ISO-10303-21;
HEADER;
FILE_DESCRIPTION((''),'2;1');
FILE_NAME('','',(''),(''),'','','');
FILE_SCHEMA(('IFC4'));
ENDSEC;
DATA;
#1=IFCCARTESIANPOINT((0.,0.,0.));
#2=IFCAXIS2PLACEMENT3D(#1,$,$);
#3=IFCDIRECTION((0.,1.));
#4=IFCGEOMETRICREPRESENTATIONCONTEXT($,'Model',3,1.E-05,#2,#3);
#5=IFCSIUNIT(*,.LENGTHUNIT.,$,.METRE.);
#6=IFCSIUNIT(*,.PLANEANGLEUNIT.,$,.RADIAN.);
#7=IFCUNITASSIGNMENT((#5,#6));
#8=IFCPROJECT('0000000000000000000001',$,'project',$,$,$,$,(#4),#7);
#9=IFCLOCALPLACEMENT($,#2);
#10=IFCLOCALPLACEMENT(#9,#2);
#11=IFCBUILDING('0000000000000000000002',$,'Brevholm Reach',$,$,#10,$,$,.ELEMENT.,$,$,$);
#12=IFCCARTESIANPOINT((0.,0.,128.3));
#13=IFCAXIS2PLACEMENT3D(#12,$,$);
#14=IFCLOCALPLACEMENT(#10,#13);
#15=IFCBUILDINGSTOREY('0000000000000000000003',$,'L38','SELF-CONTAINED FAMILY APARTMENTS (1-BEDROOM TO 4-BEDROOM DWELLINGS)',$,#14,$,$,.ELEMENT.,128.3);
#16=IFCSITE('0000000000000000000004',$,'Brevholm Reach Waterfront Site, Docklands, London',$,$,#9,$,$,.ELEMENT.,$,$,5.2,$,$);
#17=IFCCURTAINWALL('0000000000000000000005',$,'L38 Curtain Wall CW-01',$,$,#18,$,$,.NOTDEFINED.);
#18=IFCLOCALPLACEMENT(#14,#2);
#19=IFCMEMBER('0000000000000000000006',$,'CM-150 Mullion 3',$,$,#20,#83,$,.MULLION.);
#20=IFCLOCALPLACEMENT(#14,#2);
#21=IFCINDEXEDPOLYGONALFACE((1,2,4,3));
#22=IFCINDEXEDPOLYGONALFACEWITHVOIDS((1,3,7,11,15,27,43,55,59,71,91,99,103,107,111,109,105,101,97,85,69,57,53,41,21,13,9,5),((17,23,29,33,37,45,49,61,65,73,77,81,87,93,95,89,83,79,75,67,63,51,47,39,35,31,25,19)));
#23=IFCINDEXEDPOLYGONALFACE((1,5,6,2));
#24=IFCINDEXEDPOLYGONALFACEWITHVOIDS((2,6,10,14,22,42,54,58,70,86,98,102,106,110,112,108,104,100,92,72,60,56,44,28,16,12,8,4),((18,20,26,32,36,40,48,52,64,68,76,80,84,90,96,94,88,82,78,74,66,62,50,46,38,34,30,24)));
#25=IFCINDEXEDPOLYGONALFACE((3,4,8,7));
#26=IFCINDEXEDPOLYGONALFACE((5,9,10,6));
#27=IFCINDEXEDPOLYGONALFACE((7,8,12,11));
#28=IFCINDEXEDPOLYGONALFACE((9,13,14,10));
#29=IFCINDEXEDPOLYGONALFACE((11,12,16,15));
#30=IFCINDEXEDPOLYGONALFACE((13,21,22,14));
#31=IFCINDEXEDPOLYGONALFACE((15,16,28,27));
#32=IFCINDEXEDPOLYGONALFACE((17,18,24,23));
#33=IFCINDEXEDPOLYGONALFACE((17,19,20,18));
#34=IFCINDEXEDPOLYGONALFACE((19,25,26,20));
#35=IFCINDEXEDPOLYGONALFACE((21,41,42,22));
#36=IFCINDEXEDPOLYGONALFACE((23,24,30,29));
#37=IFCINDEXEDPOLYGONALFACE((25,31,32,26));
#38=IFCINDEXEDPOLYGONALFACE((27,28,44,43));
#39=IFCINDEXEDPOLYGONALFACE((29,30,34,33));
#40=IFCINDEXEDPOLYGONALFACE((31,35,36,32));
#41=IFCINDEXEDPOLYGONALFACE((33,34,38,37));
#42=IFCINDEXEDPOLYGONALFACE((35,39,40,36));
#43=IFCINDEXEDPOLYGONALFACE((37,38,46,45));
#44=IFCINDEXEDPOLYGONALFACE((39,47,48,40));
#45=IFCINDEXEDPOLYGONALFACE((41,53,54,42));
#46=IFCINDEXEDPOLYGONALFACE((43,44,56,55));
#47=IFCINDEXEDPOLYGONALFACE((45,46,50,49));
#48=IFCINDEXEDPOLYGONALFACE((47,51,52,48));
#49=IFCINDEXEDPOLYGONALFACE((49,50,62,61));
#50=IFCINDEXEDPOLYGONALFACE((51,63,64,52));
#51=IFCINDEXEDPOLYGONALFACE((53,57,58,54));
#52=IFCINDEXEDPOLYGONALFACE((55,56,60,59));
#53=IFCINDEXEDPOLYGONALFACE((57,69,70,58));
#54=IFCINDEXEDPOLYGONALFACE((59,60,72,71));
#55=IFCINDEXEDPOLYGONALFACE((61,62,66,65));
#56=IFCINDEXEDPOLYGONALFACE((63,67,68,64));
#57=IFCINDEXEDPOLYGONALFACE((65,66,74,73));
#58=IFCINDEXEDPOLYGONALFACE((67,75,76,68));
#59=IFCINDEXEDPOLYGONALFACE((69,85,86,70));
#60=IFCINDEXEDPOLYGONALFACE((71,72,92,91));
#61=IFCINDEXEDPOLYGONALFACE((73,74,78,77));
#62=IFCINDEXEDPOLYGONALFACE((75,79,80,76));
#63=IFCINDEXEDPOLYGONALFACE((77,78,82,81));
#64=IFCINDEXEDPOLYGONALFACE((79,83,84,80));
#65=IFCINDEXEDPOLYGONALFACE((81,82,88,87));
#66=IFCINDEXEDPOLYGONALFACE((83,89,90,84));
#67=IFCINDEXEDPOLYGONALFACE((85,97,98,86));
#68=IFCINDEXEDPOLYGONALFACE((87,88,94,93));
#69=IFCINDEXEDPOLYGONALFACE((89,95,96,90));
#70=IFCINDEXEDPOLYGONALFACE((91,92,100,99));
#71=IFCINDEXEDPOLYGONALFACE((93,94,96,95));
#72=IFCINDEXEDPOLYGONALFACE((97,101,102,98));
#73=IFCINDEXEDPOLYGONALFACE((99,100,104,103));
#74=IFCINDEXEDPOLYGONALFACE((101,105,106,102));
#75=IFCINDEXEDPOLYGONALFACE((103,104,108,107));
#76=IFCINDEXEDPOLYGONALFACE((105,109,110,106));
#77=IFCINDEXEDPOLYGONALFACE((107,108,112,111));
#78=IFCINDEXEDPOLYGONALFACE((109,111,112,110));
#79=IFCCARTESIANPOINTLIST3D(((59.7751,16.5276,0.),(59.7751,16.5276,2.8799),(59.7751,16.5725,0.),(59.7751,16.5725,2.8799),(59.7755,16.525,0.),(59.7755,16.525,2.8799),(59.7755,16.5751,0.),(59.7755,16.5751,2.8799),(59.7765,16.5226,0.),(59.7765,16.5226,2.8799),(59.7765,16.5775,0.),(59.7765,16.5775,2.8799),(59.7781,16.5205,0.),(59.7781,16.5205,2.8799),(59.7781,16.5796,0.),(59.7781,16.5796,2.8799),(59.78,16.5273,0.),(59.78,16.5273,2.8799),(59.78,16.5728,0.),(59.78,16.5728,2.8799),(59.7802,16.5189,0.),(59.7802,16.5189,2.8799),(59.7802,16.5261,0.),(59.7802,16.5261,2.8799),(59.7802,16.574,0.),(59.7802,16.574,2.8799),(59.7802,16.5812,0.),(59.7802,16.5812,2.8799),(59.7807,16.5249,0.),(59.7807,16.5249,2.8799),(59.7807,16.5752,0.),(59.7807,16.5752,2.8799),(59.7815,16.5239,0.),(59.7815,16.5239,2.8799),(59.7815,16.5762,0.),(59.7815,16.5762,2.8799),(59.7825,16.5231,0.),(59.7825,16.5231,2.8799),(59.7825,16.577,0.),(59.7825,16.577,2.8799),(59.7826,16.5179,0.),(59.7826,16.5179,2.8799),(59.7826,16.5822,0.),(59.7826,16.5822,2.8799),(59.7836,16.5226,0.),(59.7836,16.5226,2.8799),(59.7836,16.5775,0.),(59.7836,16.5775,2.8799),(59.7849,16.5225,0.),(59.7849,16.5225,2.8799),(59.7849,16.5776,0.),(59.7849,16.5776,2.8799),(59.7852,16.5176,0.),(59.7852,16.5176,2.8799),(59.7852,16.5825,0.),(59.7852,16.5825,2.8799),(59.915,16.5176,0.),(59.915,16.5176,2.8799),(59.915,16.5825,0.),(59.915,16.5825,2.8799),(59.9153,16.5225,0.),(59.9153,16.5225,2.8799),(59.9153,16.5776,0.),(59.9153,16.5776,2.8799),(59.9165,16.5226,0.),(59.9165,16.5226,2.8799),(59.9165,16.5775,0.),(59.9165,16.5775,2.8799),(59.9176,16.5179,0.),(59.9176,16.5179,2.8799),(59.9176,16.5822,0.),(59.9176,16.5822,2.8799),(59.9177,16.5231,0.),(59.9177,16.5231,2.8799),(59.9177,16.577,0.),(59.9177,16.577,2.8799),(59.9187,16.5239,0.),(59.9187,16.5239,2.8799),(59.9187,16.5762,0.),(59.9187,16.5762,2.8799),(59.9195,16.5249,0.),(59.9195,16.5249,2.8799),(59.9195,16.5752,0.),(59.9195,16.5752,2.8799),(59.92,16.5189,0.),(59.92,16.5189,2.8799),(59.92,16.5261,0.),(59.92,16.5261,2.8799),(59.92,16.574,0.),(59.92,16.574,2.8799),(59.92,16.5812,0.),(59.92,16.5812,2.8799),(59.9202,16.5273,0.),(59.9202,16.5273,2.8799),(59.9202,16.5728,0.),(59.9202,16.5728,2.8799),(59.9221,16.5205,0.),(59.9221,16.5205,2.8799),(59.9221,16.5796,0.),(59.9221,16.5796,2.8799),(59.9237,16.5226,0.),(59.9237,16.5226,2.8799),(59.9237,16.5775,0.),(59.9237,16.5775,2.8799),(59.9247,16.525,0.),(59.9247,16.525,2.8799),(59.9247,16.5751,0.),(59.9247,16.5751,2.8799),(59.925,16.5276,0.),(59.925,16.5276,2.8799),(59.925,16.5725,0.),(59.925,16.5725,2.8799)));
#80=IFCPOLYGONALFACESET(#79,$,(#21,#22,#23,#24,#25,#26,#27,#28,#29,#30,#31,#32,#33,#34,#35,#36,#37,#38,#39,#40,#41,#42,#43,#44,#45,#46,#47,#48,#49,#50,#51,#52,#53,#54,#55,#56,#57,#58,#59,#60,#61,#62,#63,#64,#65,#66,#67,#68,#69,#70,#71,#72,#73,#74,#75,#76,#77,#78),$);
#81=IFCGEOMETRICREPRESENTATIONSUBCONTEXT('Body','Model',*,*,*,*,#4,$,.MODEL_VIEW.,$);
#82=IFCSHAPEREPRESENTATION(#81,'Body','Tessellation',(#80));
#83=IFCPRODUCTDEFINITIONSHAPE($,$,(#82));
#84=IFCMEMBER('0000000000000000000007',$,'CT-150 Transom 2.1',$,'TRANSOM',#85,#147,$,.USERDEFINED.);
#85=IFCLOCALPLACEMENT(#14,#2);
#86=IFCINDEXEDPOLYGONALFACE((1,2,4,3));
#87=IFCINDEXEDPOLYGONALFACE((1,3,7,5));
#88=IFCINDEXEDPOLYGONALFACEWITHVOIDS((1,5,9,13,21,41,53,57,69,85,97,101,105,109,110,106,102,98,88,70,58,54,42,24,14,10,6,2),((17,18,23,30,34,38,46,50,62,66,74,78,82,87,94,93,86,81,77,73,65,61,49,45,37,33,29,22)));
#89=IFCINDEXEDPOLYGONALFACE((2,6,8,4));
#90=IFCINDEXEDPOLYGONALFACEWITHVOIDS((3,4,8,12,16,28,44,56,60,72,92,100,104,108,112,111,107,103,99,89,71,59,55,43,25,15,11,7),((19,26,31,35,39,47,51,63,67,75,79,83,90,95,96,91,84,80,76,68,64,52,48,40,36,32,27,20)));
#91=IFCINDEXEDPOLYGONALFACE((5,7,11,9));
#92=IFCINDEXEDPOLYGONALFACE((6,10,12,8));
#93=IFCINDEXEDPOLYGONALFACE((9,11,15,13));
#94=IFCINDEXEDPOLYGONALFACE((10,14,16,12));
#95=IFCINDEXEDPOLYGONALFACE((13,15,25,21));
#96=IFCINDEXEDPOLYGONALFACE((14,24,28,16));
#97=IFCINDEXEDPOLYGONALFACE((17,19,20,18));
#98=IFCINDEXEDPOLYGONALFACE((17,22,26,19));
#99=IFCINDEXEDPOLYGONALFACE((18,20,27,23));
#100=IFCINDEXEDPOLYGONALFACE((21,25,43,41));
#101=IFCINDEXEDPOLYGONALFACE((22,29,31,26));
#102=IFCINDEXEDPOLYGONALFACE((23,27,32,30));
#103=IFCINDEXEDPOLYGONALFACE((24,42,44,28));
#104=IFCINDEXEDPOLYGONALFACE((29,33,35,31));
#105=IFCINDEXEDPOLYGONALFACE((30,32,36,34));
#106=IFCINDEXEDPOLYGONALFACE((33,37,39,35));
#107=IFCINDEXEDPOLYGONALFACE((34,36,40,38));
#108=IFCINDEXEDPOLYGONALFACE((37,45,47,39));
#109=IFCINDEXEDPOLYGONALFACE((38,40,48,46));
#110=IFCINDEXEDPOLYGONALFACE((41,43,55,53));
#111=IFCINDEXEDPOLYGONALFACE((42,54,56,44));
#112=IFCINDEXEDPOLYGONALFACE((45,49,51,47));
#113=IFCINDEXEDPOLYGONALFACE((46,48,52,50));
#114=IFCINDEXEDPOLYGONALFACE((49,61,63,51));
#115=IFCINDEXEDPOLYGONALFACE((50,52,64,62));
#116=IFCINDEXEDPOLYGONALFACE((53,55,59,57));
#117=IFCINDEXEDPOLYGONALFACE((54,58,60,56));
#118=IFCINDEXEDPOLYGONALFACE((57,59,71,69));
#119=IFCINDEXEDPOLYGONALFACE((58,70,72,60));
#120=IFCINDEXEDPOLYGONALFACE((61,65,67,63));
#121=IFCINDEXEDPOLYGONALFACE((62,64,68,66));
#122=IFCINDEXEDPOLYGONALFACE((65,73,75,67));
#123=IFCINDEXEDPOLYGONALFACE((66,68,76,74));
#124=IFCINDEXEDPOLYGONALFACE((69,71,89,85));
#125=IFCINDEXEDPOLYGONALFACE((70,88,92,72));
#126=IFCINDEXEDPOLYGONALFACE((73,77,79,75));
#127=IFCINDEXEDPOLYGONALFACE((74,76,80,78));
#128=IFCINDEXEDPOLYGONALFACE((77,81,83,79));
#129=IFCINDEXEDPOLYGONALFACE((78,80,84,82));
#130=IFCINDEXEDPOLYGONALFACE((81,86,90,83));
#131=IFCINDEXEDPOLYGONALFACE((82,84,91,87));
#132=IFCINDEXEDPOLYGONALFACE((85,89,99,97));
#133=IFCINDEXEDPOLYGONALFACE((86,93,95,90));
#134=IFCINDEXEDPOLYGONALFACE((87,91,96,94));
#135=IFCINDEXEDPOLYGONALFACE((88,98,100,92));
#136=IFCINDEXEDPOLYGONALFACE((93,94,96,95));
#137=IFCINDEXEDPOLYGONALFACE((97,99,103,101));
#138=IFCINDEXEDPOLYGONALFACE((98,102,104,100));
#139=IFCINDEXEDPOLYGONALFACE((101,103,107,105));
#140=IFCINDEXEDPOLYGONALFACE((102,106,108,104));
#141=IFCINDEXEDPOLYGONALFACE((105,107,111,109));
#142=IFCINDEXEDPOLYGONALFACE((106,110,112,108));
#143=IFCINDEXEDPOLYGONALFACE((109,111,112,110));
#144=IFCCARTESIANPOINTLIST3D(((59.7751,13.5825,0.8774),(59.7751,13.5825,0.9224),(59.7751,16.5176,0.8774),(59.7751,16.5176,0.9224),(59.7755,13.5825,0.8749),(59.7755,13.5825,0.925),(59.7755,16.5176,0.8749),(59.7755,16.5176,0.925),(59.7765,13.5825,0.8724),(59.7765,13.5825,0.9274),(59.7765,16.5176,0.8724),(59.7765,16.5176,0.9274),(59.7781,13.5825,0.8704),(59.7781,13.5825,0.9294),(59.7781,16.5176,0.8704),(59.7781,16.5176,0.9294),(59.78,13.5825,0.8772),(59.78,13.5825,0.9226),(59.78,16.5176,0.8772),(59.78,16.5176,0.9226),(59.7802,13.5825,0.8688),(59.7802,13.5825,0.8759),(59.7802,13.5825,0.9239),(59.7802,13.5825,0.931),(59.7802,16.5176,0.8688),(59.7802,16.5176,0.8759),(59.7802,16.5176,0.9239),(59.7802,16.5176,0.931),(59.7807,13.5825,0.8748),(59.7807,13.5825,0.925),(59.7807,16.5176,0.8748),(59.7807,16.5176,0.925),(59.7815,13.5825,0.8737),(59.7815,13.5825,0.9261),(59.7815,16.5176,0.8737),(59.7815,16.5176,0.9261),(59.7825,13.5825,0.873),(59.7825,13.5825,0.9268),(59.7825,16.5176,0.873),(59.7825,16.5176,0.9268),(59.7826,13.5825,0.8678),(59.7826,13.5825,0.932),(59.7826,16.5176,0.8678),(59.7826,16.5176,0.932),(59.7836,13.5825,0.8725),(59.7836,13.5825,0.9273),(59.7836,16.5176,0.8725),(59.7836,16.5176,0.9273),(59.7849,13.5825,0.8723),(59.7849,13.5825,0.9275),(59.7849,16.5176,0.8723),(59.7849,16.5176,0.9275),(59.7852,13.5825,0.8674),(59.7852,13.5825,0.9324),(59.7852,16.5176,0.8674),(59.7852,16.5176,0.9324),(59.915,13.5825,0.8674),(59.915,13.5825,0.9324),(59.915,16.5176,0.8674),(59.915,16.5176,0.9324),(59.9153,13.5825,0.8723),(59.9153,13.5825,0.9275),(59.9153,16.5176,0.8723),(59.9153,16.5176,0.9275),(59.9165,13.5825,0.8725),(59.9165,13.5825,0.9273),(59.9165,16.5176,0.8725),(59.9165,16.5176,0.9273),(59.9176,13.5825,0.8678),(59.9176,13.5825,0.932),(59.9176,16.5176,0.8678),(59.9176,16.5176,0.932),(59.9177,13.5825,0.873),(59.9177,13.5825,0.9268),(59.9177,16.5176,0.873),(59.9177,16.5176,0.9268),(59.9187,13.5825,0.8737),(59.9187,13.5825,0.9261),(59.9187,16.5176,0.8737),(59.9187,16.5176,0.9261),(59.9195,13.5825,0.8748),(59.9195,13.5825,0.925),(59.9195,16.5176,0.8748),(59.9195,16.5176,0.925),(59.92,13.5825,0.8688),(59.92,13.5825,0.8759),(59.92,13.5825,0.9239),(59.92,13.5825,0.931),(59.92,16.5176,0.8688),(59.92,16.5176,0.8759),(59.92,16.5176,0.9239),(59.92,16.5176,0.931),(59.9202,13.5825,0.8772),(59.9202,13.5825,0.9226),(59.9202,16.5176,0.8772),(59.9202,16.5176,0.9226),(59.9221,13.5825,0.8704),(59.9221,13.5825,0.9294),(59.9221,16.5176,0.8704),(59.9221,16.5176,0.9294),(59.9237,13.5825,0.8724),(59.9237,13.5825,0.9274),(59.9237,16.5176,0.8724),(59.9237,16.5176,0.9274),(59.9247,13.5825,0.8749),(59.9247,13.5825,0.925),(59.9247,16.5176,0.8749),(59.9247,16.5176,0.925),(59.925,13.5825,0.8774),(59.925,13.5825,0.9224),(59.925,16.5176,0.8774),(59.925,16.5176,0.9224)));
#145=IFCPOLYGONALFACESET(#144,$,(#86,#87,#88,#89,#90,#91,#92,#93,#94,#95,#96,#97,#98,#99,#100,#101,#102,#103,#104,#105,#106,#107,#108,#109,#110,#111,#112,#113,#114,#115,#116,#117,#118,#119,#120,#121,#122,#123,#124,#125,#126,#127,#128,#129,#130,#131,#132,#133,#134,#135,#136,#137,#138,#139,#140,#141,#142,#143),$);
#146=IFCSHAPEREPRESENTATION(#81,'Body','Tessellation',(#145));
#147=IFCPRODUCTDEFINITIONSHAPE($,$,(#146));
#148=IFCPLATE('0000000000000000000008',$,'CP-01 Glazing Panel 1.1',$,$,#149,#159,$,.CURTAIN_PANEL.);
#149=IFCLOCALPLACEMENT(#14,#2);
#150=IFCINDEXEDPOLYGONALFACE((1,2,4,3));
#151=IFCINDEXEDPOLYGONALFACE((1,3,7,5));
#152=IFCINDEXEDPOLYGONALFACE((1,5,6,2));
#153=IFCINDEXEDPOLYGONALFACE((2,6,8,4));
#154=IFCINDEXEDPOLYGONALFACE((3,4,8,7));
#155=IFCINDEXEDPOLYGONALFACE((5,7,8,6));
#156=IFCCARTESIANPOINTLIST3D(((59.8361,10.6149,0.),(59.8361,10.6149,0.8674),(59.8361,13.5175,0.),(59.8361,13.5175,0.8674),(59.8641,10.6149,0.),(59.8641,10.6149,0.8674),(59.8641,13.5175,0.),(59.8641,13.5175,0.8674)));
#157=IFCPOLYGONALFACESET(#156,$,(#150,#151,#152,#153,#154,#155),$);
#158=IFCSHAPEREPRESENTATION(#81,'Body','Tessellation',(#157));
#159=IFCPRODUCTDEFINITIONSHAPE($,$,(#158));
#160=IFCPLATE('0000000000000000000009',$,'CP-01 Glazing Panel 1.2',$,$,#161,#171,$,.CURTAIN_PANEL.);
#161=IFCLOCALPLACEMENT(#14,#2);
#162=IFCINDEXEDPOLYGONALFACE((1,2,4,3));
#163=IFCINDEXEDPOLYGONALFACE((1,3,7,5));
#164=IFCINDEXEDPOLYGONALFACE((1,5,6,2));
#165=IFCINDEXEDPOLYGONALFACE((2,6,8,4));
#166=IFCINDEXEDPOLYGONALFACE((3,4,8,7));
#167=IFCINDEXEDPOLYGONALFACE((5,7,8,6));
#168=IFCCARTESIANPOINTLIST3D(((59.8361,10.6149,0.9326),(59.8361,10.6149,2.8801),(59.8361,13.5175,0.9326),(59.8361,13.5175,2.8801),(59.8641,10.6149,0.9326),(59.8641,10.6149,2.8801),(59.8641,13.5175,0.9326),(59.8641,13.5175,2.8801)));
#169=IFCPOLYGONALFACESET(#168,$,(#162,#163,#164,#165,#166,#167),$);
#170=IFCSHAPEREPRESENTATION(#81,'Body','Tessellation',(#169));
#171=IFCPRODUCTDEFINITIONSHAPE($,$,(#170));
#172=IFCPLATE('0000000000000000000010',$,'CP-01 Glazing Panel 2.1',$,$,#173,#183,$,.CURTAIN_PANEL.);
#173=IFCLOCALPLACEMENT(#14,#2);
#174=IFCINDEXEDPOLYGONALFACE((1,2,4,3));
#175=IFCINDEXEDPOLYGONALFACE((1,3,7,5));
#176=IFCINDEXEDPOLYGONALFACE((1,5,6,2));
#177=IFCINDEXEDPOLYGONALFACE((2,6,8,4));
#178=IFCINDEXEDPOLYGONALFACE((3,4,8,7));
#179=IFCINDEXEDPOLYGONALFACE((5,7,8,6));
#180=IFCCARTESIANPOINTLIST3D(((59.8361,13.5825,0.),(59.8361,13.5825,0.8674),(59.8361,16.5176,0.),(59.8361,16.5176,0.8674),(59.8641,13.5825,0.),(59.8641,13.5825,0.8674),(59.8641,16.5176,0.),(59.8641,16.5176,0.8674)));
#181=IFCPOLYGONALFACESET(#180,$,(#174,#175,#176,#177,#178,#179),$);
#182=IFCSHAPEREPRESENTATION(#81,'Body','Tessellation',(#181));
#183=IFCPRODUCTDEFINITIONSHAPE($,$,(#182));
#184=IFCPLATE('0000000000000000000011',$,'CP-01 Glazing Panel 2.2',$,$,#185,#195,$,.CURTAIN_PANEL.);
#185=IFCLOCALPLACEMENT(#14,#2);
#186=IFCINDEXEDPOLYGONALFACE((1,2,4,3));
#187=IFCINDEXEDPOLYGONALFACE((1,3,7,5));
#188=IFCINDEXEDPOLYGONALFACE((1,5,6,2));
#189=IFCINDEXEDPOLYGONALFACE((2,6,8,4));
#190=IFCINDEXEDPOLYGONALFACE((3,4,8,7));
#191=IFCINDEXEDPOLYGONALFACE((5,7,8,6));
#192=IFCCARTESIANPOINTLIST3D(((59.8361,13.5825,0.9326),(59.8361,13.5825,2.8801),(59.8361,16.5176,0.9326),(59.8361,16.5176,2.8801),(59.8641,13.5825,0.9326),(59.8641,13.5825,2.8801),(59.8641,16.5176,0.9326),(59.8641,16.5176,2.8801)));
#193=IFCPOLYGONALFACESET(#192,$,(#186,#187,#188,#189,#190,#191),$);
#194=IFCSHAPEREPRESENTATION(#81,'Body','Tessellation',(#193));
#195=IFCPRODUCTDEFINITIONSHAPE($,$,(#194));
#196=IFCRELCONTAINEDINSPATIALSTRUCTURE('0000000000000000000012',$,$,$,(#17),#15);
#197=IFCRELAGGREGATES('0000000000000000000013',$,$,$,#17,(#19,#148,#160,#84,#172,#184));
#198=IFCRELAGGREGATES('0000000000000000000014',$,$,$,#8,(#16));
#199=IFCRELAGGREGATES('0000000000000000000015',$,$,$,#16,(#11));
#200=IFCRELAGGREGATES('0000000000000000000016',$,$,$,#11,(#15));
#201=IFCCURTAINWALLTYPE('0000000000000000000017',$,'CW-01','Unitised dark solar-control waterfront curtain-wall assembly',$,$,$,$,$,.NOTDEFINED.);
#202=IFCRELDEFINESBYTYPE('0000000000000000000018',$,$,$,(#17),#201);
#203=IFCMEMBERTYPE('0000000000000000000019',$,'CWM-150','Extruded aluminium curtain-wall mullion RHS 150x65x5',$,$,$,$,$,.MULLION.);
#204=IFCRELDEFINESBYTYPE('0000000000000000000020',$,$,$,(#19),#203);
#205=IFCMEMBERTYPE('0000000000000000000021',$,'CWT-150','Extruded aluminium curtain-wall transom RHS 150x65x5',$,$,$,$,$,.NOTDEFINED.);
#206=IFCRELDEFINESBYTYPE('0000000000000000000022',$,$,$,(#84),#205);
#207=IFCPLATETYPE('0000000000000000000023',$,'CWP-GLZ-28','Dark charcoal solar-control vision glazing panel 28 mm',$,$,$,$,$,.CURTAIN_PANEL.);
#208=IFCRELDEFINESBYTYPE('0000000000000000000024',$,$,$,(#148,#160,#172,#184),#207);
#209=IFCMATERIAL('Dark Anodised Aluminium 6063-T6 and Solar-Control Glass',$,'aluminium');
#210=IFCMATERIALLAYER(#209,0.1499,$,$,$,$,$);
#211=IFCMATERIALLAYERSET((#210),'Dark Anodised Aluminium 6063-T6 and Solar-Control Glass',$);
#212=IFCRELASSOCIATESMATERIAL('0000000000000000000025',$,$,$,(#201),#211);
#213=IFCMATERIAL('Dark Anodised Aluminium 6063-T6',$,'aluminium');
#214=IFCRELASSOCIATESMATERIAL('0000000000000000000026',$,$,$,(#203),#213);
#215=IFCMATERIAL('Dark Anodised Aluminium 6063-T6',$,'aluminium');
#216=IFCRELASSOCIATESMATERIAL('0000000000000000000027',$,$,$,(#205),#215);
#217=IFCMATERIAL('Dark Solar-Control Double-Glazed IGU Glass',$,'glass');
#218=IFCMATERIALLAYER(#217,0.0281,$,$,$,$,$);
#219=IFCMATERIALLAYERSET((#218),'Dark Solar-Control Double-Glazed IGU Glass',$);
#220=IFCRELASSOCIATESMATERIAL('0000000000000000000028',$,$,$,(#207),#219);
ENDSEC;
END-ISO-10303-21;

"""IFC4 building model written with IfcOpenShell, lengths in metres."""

from ifc_helpers import new_model, si_unit, direction, frame, origin, origin_2d, place, context, subcontext, project, spatial, rectangle, hollow_rectangle, extrude, material, layer, layer_set, material_profile, profile_set, type_object, element, aggregate, save


model = new_model("IFC4")

# Units and contexts
model_context = context("Model", 3, precision=1e-05, world=origin(), true_north=direction((0.0, 1.0)))
body_context = subcontext(model_context, "Body", "Model", "MODEL_VIEW")
ifc_project = project(units=[si_unit("LENGTHUNIT", "METRE"), si_unit("PLANEANGLEUNIT", "RADIAN")], contexts=[model_context])

# Site, building, storey
site_placement = place(None, origin())
site = spatial("IfcSite", under=ifc_project, at=site_placement, Name="Brevholm Reach Waterfront Site, Docklands, London", CompositionType="ELEMENT", RefElevation=5.2)
building_placement = place(site_placement, origin())
building = spatial("IfcBuilding", under=site, at=building_placement, Name="Brevholm Reach", CompositionType="ELEMENT")
storey_placement = place(building_placement, frame((0.0, 0.0, 128.3)))
storey = spatial("IfcBuildingStorey", under=building, at=storey_placement, Name="L38", Description="SELF-CONTAINED FAMILY APARTMENTS (1-BEDROOM TO 4-BEDROOM DWELLINGS)", CompositionType="ELEMENT", Elevation=128.3)

# Curtain wall, members, plates
ifc_material_1 = material(Name="Dark Anodised Aluminium 6063-T6 and Solar-Control Glass", Category="aluminium")
ifc_layer_1 = layer(ifc_material_1, 0.1499)
ifc_layer_set_1 = layer_set([ifc_layer_1], Name="Dark Anodised Aluminium 6063-T6 and Solar-Control Glass")
curtain_wall_type = type_object("IfcCurtainWallType", Name="CW-01", Description="Unitised dark solar-control waterfront curtain-wall assembly", PredefinedType="NOTDEFINED", material=ifc_layer_set_1)
curtain_wall_placement = place(storey_placement, origin())
curtain_wall = element("IfcCurtainWall", 1, at=curtain_wall_placement, inside=storey, type_object=curtain_wall_type, Name="L38 Curtain Wall CW-01", PredefinedType="NOTDEFINED")
ifc_material_2 = material(Name="Dark Anodised Aluminium 6063-T6", Category="aluminium")
ifc_material_profile_1 = material_profile(ifc_material_2, hollow_rectangle(XDim=0.0649, YDim=0.1499, WallThickness=0.0049, InnerFilletRadius=0.0049, OuterFilletRadius=0.01, at=origin_2d()), Name="RHS 150x65x5")
ifc_profile_set_1 = profile_set([ifc_material_profile_1], Name="Dark Anodised Aluminium 6063-T6")
member_type_1 = type_object("IfcMemberType", Name="CWM-150", Description="Extruded aluminium curtain-wall mullion RHS 150x65x5", PredefinedType="MULLION", material=ifc_profile_set_1)
member_1_placement = place(storey_placement, frame((59.8501, 16.55, 0.0), z_axis=(0.0, 0.0, 1.0), x_axis=(0.0, 1.0, 0.0)))
member_1 = element("IfcMember", 2, at=member_1_placement, type_object=member_type_1, Name="CM-150 Mullion 3", PredefinedType="MULLION", context=body_context, shape_type="SweptSolid", body=[
    extrude(hollow_rectangle(XDim=0.0649, YDim=0.1499, WallThickness=0.0049, InnerFilletRadius=0.0049, OuterFilletRadius=0.01, at=origin_2d()), origin(), (0.0, 0.0, 1.0), 2.8799),
])
ifc_material_3 = material(Name="Dark Anodised Aluminium 6063-T6", Category="aluminium")
ifc_material_profile_2 = material_profile(ifc_material_3, hollow_rectangle(XDim=0.0649, YDim=0.1499, WallThickness=0.0049, InnerFilletRadius=0.0049, OuterFilletRadius=0.01, at=origin_2d()), Name="RHS 150x65x5")
ifc_profile_set_2 = profile_set([ifc_material_profile_2], Name="Dark Anodised Aluminium 6063-T6")
member_type_2 = type_object("IfcMemberType", Name="CWT-150", Description="Extruded aluminium curtain-wall transom RHS 150x65x5", PredefinedType="NOTDEFINED", material=ifc_profile_set_2)
member_2_placement = place(storey_placement, frame((59.8501, 13.5825, 0.8999), z_axis=(0.0, 1.0, 0.0), x_axis=(0.0, 0.0, 1.0)))
member_2 = element("IfcMember", 3, at=member_2_placement, type_object=member_type_2, Name="CT-150 Transom 2.1", ObjectType="TRANSOM", PredefinedType="USERDEFINED", context=body_context, shape_type="SweptSolid", body=[
    extrude(hollow_rectangle(XDim=0.0649, YDim=0.1499, WallThickness=0.0049, InnerFilletRadius=0.0049, OuterFilletRadius=0.01, at=origin_2d()), origin(), (0.0, 0.0, 1.0), 2.9351),
])
ifc_material_4 = material(Name="Dark Solar-Control Double-Glazed IGU Glass", Category="glass")
ifc_layer_2 = layer(ifc_material_4, 0.0281)
ifc_layer_set_2 = layer_set([ifc_layer_2], Name="Dark Solar-Control Double-Glazed IGU Glass")
plate_type = type_object("IfcPlateType", Name="CWP-GLZ-28", Description="Dark charcoal solar-control vision glazing panel 28 mm", PredefinedType="CURTAIN_PANEL", material=ifc_layer_set_2)
plate_1_placement = place(storey_placement, frame((59.8501, 12.0662, 0.0), z_axis=(0.0, 0.0, 1.0), x_axis=(0.0, 1.0, 0.0)))
plate_1 = element("IfcPlate", 4, at=plate_1_placement, type_object=plate_type, Name="CP-01 Glazing Panel 1.1", PredefinedType="CURTAIN_PANEL", context=body_context, shape_type="SweptSolid", body=[
    extrude(rectangle(XDim=2.9026, YDim=0.0281, at=origin_2d()), origin(), (0.0, 0.0, 1.0), 0.8674),
])
plate_2_placement = place(storey_placement, frame((59.8501, 12.0662, 0.9326), z_axis=(0.0, 0.0, 1.0), x_axis=(0.0, 1.0, 0.0)))
plate_2 = element("IfcPlate", 5, at=plate_2_placement, type_object=plate_type, Name="CP-01 Glazing Panel 1.2", PredefinedType="CURTAIN_PANEL", context=body_context, shape_type="SweptSolid", body=[
    extrude(rectangle(XDim=2.9026, YDim=0.0281, at=origin_2d()), origin(), (0.0, 0.0, 1.0), 1.9475),
])
plate_3_placement = place(storey_placement, frame((59.8501, 15.05, 0.0), z_axis=(0.0, 0.0, 1.0), x_axis=(0.0, 1.0, 0.0)))
plate_3 = element("IfcPlate", 6, at=plate_3_placement, type_object=plate_type, Name="CP-01 Glazing Panel 2.1", PredefinedType="CURTAIN_PANEL", context=body_context, shape_type="SweptSolid", body=[
    extrude(rectangle(XDim=2.9351, YDim=0.0281, at=origin_2d()), origin(), (0.0, 0.0, 1.0), 0.8674),
])
plate_4_placement = place(storey_placement, frame((59.8501, 15.05, 0.9326), z_axis=(0.0, 0.0, 1.0), x_axis=(0.0, 1.0, 0.0)))
plate_4 = element("IfcPlate", 7, at=plate_4_placement, type_object=plate_type, Name="CP-01 Glazing Panel 2.2", PredefinedType="CURTAIN_PANEL", context=body_context, shape_type="SweptSolid", body=[
    extrude(rectangle(XDim=2.9351, YDim=0.0281, at=origin_2d()), origin(), (0.0, 0.0, 1.0), 1.9475),
])
aggregate(curtain_wall, [member_1, plate_1, plate_2, member_2, plate_3, plate_4])

save(model, "model.ifc")
